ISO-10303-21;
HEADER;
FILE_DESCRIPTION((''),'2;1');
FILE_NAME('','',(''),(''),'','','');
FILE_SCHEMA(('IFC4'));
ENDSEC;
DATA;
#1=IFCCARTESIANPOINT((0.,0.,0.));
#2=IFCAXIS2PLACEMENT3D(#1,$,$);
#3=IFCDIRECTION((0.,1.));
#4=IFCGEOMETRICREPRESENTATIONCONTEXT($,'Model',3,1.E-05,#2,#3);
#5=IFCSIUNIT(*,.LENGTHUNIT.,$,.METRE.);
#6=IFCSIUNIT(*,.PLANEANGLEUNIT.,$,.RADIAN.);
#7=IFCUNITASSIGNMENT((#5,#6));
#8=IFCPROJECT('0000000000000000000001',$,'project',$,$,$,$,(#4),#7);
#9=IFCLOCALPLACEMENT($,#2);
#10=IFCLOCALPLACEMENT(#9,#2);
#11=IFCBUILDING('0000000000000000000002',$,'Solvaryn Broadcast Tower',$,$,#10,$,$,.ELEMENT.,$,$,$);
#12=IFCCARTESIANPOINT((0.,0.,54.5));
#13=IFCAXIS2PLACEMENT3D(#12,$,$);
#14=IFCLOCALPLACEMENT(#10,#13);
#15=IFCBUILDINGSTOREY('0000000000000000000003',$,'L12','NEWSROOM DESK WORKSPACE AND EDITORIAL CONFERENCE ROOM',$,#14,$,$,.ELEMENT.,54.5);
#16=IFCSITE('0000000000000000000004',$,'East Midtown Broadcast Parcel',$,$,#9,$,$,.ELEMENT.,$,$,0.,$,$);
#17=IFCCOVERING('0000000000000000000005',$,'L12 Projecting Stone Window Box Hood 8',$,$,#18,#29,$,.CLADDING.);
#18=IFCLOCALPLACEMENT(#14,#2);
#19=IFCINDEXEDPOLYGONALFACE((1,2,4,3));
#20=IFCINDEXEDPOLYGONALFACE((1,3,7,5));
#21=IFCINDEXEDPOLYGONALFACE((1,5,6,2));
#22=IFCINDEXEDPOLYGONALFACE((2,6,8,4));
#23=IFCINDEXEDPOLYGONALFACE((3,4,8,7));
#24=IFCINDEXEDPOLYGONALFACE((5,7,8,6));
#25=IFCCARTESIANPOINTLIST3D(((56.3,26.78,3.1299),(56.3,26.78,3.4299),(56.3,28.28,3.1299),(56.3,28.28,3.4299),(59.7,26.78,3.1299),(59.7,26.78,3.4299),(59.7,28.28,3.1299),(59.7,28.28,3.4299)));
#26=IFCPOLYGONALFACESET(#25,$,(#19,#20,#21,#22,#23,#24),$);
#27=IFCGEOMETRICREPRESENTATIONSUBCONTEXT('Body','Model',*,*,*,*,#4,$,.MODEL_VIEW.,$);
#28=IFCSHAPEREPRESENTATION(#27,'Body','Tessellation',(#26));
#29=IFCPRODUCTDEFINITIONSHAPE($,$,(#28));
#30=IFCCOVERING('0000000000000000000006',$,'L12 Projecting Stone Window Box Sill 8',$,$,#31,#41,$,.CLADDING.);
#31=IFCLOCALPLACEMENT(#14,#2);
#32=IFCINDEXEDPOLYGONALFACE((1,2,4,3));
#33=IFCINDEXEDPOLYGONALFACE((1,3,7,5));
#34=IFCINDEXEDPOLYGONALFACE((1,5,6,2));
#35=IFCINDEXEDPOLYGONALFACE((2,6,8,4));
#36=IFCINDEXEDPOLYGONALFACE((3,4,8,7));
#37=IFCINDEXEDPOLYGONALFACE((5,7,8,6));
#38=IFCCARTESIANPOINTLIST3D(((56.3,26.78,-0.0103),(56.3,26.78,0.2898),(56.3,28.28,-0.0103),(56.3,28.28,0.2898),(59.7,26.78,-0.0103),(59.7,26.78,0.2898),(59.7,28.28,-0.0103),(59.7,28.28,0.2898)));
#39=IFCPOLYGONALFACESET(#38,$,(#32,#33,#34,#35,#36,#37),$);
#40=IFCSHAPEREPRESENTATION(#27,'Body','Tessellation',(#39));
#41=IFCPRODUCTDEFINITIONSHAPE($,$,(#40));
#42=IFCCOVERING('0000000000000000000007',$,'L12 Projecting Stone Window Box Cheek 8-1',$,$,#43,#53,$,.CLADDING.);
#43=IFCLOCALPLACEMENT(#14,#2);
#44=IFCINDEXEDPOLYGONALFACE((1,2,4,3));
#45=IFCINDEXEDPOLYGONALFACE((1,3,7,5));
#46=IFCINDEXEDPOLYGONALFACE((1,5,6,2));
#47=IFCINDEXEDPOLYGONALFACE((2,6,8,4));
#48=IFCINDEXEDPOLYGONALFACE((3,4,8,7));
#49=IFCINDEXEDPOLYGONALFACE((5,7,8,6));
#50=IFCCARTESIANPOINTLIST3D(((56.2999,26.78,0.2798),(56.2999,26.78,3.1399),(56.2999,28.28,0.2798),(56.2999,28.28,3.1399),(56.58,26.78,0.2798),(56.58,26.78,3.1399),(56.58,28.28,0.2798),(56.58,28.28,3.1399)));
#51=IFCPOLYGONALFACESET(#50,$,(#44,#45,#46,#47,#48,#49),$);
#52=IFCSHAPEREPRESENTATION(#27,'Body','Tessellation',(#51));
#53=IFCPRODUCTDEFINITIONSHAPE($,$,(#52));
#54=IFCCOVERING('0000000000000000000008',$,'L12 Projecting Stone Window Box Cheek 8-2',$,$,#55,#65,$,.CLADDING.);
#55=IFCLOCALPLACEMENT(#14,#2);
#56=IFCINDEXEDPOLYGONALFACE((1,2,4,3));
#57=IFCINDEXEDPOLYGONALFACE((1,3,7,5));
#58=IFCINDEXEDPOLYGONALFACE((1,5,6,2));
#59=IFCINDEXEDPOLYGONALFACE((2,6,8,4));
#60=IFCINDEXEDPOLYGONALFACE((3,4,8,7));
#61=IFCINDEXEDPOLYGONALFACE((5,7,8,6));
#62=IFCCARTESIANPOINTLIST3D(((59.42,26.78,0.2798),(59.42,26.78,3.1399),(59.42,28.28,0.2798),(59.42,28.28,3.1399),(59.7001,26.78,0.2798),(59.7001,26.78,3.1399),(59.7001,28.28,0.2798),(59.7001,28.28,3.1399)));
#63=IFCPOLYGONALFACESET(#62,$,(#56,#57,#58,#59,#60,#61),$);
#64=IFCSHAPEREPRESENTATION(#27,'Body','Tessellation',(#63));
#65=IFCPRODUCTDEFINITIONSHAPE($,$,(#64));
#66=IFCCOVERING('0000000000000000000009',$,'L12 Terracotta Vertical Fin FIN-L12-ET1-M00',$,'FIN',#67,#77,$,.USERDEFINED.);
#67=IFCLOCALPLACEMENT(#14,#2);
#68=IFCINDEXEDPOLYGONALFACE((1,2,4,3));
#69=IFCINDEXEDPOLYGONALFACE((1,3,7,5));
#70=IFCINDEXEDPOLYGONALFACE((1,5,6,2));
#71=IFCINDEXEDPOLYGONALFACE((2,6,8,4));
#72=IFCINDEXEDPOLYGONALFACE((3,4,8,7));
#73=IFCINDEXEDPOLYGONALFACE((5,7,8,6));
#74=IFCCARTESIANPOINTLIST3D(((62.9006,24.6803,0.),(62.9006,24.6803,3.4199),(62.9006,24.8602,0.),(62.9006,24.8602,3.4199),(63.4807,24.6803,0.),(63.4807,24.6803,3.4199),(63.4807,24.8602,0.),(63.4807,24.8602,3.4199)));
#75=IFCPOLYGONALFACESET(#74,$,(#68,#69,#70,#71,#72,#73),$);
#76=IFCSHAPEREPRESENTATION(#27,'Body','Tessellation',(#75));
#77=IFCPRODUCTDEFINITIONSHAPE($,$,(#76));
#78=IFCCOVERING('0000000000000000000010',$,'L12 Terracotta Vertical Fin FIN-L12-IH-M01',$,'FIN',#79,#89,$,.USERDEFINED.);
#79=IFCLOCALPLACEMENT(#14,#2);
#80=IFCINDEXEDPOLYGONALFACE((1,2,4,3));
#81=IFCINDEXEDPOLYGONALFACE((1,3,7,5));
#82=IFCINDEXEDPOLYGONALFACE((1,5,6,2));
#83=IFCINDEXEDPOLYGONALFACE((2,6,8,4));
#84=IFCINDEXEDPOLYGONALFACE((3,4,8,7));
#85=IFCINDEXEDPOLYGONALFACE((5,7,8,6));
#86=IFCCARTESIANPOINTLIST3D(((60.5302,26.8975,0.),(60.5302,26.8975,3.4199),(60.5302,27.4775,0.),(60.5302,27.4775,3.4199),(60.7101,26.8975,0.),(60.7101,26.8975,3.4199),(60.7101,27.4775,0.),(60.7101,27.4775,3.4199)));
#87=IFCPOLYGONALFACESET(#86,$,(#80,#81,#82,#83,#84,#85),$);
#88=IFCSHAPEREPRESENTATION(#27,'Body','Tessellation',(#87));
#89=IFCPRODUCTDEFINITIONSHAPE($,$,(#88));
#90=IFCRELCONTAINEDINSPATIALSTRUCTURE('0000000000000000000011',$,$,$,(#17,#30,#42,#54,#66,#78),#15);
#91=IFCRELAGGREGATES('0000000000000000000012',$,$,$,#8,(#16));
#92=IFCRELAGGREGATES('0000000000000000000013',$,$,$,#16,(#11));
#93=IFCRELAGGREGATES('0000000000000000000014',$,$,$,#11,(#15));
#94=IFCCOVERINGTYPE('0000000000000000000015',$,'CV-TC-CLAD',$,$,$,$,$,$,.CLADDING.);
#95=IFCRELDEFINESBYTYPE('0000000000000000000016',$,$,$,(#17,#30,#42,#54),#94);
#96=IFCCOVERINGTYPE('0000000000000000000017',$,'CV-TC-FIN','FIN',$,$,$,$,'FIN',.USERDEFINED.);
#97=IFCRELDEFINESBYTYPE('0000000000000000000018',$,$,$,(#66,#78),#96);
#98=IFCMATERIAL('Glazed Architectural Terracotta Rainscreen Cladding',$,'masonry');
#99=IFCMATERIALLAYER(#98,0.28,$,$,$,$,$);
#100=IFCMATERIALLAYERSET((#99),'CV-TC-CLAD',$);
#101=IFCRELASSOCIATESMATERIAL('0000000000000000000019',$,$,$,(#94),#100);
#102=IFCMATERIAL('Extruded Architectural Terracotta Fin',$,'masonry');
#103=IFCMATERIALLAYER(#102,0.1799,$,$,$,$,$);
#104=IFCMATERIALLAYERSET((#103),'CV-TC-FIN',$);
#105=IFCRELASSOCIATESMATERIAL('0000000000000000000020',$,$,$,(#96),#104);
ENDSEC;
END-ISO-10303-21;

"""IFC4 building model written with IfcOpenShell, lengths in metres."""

from ifc_helpers import new_model, si_unit, direction, frame, origin, origin_2d, place, context, subcontext, project, spatial, rectangle, extrude, material, layer, layer_set, type_object, element, save


model = new_model("IFC4")

# Units and contexts
model_context = context("Model", 3, precision=1e-05, world=origin(), true_north=direction((0.0, 1.0)))
body_context = subcontext(model_context, "Body", "Model", "MODEL_VIEW")
ifc_project = project(units=[si_unit("LENGTHUNIT", "METRE"), si_unit("PLANEANGLEUNIT", "RADIAN")], contexts=[model_context])

# Site, building, storey
site_placement = place(None, origin())
site = spatial("IfcSite", under=ifc_project, at=site_placement, Name="East Midtown Broadcast Parcel", CompositionType="ELEMENT", RefElevation=0.0)
building_placement = place(site_placement, origin())
building = spatial("IfcBuilding", under=site, at=building_placement, Name="Solvaryn Broadcast Tower", CompositionType="ELEMENT")
storey_placement = place(building_placement, frame((0.0, 0.0, 54.5)))
storey = spatial("IfcBuildingStorey", under=building, at=storey_placement, Name="L12", Description="NEWSROOM DESK WORKSPACE AND EDITORIAL CONFERENCE ROOM", CompositionType="ELEMENT", Elevation=54.5)

# Coverings
ifc_material_1 = material(Name="Glazed Architectural Terracotta Rainscreen Cladding", Category="masonry")
ifc_layer_1 = layer(ifc_material_1, 0.28)
ifc_layer_set_1 = layer_set([ifc_layer_1], Name="CV-TC-CLAD")
covering_type_1 = type_object("IfcCoveringType", Name="CV-TC-CLAD", PredefinedType="CLADDING", material=ifc_layer_set_1)
for number, where, z_axis, x_axis, name in (
    (1, (58.0, 27.53, 3.1299), (0.0, 0.0, 1.0), (1.0, 0.0, 0.0), "L12 Projecting Stone Window Box Hood 8"),
    (2, (58.0, 27.53, -0.0103), (0.0, 0.0, 1.0), (1.0, 0.0, 0.0), "L12 Projecting Stone Window Box Sill 8"),
):
    element("IfcCovering", number, at=place(storey_placement, frame(where, z_axis=z_axis, x_axis=x_axis)), inside=storey, type_object=covering_type_1, Name=name, PredefinedType="CLADDING", context=body_context, shape_type="SweptSolid", body=[
        extrude(rectangle(XDim=3.3999, YDim=1.5, at=origin_2d()), origin(), (0.0, 0.0, 1.0), 0.3),
    ])
for number, where, z_axis, x_axis, name in (
    (3, (56.4399, 27.53, 0.2798), (0.0, 0.0, 1.0), (1.0, 0.0, 0.0), "L12 Projecting Stone Window Box Cheek 8-1"),
    (4, (59.5601, 27.53, 0.2798), (0.0, 0.0, 1.0), (1.0, 0.0, 0.0), "L12 Projecting Stone Window Box Cheek 8-2"),
):
    element("IfcCovering", number, at=place(storey_placement, frame(where, z_axis=z_axis, x_axis=x_axis)), inside=storey, type_object=covering_type_1, Name=name, PredefinedType="CLADDING", context=body_context, shape_type="SweptSolid", body=[
        extrude(rectangle(XDim=0.28, YDim=1.5, at=origin_2d()), origin(), (0.0, 0.0, 1.0), 2.8601),
    ])
ifc_material_2 = material(Name="Extruded Architectural Terracotta Fin", Category="masonry")
ifc_layer_2 = layer(ifc_material_2, 0.1799)
ifc_layer_set_2 = layer_set([ifc_layer_2], Name="CV-TC-FIN")
covering_type_2 = type_object("IfcCoveringType", Name="CV-TC-FIN", Description="FIN", ElementType="FIN", PredefinedType="USERDEFINED", material=ifc_layer_set_2)
covering_1_placement = place(storey_placement, frame((63.1907, 24.7703, 0.0), z_axis=(0.0, 0.0, 1.0), x_axis=(1.0, 0.0, 0.0)))
element("IfcCovering", 5, at=covering_1_placement, inside=storey, type_object=covering_type_2, Name="L12 Terracotta Vertical Fin FIN-L12-ET1-M00", ObjectType="FIN", PredefinedType="USERDEFINED", context=body_context, shape_type="SweptSolid", body=[
    extrude(rectangle(XDim=0.5801, YDim=0.1799, at=origin_2d()), origin(), (0.0, 0.0, 1.0), 3.4199),
])
covering_2_placement = place(storey_placement, frame((60.6201, 27.1875, 0.0), z_axis=(0.0, 0.0, 1.0), x_axis=(1.0, 0.0, 0.0)))
element("IfcCovering", 6, at=covering_2_placement, inside=storey, type_object=covering_type_2, Name="L12 Terracotta Vertical Fin FIN-L12-IH-M01", ObjectType="FIN", PredefinedType="USERDEFINED", context=body_context, shape_type="SweptSolid", body=[
    extrude(rectangle(XDim=0.1799, YDim=0.5801, at=origin_2d()), origin(), (0.0, 0.0, 1.0), 3.4199),
])

save(model, "model.ifc")
